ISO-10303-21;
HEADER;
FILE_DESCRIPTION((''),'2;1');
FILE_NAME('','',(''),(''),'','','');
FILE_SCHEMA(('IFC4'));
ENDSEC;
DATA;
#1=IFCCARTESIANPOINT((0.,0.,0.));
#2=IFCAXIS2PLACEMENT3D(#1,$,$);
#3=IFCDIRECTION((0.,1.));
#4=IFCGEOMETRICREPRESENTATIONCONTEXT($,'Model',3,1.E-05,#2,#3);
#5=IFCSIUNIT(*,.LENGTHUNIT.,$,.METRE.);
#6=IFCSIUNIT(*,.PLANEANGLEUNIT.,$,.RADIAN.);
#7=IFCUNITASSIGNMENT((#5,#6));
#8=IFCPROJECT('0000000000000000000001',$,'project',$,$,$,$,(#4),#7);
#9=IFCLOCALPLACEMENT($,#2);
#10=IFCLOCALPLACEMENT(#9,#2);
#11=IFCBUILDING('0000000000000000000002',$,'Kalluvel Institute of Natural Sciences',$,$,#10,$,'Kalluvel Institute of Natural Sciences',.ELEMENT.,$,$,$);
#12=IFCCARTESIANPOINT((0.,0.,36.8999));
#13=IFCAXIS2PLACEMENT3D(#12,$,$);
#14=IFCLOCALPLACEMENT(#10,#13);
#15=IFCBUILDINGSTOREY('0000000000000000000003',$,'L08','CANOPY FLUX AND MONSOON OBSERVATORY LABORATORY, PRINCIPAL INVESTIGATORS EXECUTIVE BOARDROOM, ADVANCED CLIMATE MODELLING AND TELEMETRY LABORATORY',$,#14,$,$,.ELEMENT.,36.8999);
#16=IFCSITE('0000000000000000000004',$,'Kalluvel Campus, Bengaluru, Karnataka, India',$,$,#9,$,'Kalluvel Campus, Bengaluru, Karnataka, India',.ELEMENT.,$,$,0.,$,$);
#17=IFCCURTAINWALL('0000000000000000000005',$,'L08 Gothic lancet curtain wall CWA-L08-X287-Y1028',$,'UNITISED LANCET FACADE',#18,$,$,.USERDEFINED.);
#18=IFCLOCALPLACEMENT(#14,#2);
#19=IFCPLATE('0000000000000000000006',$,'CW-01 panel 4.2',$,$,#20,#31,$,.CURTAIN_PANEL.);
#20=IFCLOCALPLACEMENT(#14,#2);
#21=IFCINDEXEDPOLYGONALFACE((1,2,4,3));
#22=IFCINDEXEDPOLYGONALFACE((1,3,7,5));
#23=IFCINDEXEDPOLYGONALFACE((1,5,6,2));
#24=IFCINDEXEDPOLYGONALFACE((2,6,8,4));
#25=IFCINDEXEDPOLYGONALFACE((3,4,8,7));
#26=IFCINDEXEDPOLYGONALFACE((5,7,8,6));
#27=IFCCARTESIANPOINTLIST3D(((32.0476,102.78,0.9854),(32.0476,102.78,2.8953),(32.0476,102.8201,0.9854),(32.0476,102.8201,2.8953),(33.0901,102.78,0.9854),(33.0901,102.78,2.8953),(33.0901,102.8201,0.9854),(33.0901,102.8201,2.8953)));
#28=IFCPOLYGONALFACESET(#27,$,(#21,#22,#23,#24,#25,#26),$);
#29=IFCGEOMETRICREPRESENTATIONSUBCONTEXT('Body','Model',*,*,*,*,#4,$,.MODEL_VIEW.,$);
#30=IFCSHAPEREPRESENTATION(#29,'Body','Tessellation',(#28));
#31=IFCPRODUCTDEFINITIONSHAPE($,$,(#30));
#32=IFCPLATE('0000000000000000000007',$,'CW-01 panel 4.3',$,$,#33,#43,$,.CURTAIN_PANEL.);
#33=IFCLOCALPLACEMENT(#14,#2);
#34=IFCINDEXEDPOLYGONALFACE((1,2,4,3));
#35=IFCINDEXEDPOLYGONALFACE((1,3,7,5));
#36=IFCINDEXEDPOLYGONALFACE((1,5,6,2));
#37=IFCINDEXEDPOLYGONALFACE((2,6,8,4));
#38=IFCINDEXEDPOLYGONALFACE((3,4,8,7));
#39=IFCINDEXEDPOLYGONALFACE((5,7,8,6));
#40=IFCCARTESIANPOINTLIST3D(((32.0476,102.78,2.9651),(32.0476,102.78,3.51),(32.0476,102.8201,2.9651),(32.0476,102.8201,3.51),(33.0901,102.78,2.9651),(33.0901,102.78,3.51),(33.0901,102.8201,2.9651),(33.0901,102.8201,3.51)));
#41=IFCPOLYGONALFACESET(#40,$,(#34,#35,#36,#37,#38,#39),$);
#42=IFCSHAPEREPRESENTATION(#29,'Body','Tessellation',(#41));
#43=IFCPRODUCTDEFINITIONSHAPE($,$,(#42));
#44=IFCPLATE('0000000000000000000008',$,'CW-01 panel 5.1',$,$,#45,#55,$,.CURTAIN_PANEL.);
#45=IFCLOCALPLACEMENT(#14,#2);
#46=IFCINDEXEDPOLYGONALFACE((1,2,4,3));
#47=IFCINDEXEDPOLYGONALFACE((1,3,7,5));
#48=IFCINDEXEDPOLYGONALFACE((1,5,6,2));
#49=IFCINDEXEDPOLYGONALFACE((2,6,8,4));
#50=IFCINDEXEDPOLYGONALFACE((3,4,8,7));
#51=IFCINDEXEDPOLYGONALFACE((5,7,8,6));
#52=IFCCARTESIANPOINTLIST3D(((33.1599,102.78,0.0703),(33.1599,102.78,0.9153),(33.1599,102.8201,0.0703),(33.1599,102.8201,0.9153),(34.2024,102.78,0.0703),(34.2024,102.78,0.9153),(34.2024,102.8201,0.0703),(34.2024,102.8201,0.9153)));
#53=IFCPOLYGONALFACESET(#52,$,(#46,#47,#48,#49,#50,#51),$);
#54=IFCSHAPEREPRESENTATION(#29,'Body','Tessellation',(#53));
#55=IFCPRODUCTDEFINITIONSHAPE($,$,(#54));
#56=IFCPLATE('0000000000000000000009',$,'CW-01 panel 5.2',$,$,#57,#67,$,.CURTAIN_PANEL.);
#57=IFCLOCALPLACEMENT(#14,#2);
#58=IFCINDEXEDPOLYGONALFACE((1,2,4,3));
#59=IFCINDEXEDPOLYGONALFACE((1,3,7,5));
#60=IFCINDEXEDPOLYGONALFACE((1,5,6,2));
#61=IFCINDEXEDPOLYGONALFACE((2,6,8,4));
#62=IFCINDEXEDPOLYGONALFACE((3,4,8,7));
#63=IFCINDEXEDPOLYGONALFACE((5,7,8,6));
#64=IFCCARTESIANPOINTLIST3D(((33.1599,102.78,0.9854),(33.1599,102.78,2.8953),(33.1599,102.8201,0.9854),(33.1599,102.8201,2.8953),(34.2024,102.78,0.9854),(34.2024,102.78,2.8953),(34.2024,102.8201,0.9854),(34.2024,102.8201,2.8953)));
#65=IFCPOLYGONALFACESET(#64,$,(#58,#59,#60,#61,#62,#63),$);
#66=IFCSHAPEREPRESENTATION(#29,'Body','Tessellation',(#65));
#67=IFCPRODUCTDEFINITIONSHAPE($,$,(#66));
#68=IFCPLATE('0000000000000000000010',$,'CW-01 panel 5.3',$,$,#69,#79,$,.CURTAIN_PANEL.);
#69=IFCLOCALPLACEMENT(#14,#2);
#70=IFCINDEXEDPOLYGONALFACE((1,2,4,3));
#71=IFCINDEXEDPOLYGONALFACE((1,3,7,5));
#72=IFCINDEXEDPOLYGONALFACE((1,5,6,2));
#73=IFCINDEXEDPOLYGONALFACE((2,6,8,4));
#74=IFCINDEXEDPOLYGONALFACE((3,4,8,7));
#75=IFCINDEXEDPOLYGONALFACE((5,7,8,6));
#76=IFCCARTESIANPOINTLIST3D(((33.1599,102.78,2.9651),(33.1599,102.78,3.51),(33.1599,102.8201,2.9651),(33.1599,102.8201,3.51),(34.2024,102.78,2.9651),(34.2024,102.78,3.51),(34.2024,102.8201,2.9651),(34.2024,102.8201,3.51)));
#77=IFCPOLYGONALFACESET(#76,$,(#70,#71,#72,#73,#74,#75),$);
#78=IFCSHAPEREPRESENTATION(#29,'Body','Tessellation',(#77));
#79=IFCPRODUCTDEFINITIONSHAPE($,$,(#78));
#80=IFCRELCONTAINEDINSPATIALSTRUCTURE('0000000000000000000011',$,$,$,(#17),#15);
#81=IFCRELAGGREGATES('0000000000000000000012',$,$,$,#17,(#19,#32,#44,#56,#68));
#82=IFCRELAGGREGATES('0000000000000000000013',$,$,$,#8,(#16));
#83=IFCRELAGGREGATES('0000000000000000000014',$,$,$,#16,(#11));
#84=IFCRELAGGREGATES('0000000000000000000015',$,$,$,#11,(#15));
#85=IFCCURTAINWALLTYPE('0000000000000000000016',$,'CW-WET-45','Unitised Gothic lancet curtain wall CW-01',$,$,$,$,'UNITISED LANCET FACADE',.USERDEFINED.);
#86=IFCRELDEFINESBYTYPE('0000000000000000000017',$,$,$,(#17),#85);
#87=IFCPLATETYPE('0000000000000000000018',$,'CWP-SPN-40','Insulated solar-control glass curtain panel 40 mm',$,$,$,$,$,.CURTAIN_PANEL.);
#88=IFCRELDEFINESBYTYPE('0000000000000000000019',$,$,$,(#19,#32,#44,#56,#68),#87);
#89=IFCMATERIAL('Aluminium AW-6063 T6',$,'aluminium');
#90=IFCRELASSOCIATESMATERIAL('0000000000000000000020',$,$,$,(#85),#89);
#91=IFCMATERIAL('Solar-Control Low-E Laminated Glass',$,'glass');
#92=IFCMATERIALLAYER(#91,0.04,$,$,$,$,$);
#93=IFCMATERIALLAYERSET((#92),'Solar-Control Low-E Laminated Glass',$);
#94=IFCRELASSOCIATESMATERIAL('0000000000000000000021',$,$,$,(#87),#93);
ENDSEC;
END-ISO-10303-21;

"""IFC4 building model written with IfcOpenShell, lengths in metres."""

from ifc_helpers import new_model, si_unit, direction, frame, origin, origin_2d, place, context, subcontext, project, spatial, rectangle, extrude, material, layer, layer_set, type_object, element, aggregate, save


model = new_model("IFC4")

# Units and contexts
model_context = context("Model", 3, precision=1e-05, world=origin(), true_north=direction((0.0, 1.0)))
body_context = subcontext(model_context, "Body", "Model", "MODEL_VIEW")
ifc_project = project(units=[si_unit("LENGTHUNIT", "METRE"), si_unit("PLANEANGLEUNIT", "RADIAN")], contexts=[model_context])

# Site, building, storey
site_placement = place(None, origin())
site = spatial("IfcSite", under=ifc_project, at=site_placement, Name="Kalluvel Campus, Bengaluru, Karnataka, India", LongName="Kalluvel Campus, Bengaluru, Karnataka, India", CompositionType="ELEMENT", RefElevation=0.0)
building_placement = place(site_placement, origin())
building = spatial("IfcBuilding", under=site, at=building_placement, Name="Kalluvel Institute of Natural Sciences", LongName="Kalluvel Institute of Natural Sciences", CompositionType="ELEMENT")
storey_placement = place(building_placement, frame((0.0, 0.0, 36.8999)))
storey = spatial("IfcBuildingStorey", under=building, at=storey_placement, Name="L08", Description="CANOPY FLUX AND MONSOON OBSERVATORY LABORATORY, PRINCIPAL INVESTIGATORS EXECUTIVE BOARDROOM, ADVANCED CLIMATE MODELLING AND TELEMETRY LABORATORY", CompositionType="ELEMENT", Elevation=36.8999)

# Curtain wall, plates
ifc_material_1 = material(Name="Aluminium AW-6063 T6", Category="aluminium")
curtain_wall_type = type_object("IfcCurtainWallType", Name="CW-WET-45", Description="Unitised Gothic lancet curtain wall CW-01", ElementType="UNITISED LANCET FACADE", PredefinedType="USERDEFINED", material=ifc_material_1)
curtain_wall_placement = place(storey_placement, origin())
curtain_wall = element("IfcCurtainWall", 1, at=curtain_wall_placement, inside=storey, type_object=curtain_wall_type, Name="L08 Gothic lancet curtain wall CWA-L08-X287-Y1028", ObjectType="UNITISED LANCET FACADE", PredefinedType="USERDEFINED")
ifc_material_2 = material(Name="Solar-Control Low-E Laminated Glass", Category="glass")
ifc_layer = layer(ifc_material_2, 0.04)
ifc_layer_set = layer_set([ifc_layer], Name="Solar-Control Low-E Laminated Glass")
plate_type = type_object("IfcPlateType", Name="CWP-SPN-40", Description="Insulated solar-control glass curtain panel 40 mm", PredefinedType="CURTAIN_PANEL", material=ifc_layer_set)
plate_1_placement = place(storey_placement, frame((32.5688, 102.8, 0.9854), z_axis=(0.0, 0.0, 1.0), x_axis=(1.0, 0.0, 0.0)))
plate_1 = element("IfcPlate", 2, at=plate_1_placement, type_object=plate_type, Name="CW-01 panel 4.2", PredefinedType="CURTAIN_PANEL", context=body_context, shape_type="SweptSolid", body=[
    extrude(rectangle(XDim=1.0425, YDim=0.04, at=origin_2d()), origin(), (0.0, 0.0, 1.0), 1.9099),
])
plate_2_placement = place(storey_placement, frame((32.5688, 102.8, 2.9651), z_axis=(0.0, 0.0, 1.0), x_axis=(1.0, 0.0, 0.0)))
plate_2 = element("IfcPlate", 3, at=plate_2_placement, type_object=plate_type, Name="CW-01 panel 4.3", PredefinedType="CURTAIN_PANEL", context=body_context, shape_type="SweptSolid", body=[
    extrude(rectangle(XDim=1.0425, YDim=0.04, at=origin_2d()), origin(), (0.0, 0.0, 1.0), 0.5449),
])
plate_3_placement = place(storey_placement, frame((33.6812, 102.8, 0.0703), z_axis=(0.0, 0.0, 1.0), x_axis=(1.0, 0.0, 0.0)))
plate_3 = element("IfcPlate", 4, at=plate_3_placement, type_object=plate_type, Name="CW-01 panel 5.1", PredefinedType="CURTAIN_PANEL", context=body_context, shape_type="SweptSolid", body=[
    extrude(rectangle(XDim=1.0425, YDim=0.04, at=origin_2d()), origin(), (0.0, 0.0, 1.0), 0.845),
])
plate_4_placement = place(storey_placement, frame((33.6812, 102.8, 0.9854), z_axis=(0.0, 0.0, 1.0), x_axis=(1.0, 0.0, 0.0)))
plate_4 = element("IfcPlate", 5, at=plate_4_placement, type_object=plate_type, Name="CW-01 panel 5.2", PredefinedType="CURTAIN_PANEL", context=body_context, shape_type="SweptSolid", body=[
    extrude(rectangle(XDim=1.0425, YDim=0.04, at=origin_2d()), origin(), (0.0, 0.0, 1.0), 1.9099),
])
plate_5_placement = place(storey_placement, frame((33.6812, 102.8, 2.9651), z_axis=(0.0, 0.0, 1.0), x_axis=(1.0, 0.0, 0.0)))
plate_5 = element("IfcPlate", 6, at=plate_5_placement, type_object=plate_type, Name="CW-01 panel 5.3", PredefinedType="CURTAIN_PANEL", context=body_context, shape_type="SweptSolid", body=[
    extrude(rectangle(XDim=1.0425, YDim=0.04, at=origin_2d()), origin(), (0.0, 0.0, 1.0), 0.5449),
])
aggregate(curtain_wall, [plate_1, plate_2, plate_3, plate_4, plate_5])

save(model, "model.ifc")
